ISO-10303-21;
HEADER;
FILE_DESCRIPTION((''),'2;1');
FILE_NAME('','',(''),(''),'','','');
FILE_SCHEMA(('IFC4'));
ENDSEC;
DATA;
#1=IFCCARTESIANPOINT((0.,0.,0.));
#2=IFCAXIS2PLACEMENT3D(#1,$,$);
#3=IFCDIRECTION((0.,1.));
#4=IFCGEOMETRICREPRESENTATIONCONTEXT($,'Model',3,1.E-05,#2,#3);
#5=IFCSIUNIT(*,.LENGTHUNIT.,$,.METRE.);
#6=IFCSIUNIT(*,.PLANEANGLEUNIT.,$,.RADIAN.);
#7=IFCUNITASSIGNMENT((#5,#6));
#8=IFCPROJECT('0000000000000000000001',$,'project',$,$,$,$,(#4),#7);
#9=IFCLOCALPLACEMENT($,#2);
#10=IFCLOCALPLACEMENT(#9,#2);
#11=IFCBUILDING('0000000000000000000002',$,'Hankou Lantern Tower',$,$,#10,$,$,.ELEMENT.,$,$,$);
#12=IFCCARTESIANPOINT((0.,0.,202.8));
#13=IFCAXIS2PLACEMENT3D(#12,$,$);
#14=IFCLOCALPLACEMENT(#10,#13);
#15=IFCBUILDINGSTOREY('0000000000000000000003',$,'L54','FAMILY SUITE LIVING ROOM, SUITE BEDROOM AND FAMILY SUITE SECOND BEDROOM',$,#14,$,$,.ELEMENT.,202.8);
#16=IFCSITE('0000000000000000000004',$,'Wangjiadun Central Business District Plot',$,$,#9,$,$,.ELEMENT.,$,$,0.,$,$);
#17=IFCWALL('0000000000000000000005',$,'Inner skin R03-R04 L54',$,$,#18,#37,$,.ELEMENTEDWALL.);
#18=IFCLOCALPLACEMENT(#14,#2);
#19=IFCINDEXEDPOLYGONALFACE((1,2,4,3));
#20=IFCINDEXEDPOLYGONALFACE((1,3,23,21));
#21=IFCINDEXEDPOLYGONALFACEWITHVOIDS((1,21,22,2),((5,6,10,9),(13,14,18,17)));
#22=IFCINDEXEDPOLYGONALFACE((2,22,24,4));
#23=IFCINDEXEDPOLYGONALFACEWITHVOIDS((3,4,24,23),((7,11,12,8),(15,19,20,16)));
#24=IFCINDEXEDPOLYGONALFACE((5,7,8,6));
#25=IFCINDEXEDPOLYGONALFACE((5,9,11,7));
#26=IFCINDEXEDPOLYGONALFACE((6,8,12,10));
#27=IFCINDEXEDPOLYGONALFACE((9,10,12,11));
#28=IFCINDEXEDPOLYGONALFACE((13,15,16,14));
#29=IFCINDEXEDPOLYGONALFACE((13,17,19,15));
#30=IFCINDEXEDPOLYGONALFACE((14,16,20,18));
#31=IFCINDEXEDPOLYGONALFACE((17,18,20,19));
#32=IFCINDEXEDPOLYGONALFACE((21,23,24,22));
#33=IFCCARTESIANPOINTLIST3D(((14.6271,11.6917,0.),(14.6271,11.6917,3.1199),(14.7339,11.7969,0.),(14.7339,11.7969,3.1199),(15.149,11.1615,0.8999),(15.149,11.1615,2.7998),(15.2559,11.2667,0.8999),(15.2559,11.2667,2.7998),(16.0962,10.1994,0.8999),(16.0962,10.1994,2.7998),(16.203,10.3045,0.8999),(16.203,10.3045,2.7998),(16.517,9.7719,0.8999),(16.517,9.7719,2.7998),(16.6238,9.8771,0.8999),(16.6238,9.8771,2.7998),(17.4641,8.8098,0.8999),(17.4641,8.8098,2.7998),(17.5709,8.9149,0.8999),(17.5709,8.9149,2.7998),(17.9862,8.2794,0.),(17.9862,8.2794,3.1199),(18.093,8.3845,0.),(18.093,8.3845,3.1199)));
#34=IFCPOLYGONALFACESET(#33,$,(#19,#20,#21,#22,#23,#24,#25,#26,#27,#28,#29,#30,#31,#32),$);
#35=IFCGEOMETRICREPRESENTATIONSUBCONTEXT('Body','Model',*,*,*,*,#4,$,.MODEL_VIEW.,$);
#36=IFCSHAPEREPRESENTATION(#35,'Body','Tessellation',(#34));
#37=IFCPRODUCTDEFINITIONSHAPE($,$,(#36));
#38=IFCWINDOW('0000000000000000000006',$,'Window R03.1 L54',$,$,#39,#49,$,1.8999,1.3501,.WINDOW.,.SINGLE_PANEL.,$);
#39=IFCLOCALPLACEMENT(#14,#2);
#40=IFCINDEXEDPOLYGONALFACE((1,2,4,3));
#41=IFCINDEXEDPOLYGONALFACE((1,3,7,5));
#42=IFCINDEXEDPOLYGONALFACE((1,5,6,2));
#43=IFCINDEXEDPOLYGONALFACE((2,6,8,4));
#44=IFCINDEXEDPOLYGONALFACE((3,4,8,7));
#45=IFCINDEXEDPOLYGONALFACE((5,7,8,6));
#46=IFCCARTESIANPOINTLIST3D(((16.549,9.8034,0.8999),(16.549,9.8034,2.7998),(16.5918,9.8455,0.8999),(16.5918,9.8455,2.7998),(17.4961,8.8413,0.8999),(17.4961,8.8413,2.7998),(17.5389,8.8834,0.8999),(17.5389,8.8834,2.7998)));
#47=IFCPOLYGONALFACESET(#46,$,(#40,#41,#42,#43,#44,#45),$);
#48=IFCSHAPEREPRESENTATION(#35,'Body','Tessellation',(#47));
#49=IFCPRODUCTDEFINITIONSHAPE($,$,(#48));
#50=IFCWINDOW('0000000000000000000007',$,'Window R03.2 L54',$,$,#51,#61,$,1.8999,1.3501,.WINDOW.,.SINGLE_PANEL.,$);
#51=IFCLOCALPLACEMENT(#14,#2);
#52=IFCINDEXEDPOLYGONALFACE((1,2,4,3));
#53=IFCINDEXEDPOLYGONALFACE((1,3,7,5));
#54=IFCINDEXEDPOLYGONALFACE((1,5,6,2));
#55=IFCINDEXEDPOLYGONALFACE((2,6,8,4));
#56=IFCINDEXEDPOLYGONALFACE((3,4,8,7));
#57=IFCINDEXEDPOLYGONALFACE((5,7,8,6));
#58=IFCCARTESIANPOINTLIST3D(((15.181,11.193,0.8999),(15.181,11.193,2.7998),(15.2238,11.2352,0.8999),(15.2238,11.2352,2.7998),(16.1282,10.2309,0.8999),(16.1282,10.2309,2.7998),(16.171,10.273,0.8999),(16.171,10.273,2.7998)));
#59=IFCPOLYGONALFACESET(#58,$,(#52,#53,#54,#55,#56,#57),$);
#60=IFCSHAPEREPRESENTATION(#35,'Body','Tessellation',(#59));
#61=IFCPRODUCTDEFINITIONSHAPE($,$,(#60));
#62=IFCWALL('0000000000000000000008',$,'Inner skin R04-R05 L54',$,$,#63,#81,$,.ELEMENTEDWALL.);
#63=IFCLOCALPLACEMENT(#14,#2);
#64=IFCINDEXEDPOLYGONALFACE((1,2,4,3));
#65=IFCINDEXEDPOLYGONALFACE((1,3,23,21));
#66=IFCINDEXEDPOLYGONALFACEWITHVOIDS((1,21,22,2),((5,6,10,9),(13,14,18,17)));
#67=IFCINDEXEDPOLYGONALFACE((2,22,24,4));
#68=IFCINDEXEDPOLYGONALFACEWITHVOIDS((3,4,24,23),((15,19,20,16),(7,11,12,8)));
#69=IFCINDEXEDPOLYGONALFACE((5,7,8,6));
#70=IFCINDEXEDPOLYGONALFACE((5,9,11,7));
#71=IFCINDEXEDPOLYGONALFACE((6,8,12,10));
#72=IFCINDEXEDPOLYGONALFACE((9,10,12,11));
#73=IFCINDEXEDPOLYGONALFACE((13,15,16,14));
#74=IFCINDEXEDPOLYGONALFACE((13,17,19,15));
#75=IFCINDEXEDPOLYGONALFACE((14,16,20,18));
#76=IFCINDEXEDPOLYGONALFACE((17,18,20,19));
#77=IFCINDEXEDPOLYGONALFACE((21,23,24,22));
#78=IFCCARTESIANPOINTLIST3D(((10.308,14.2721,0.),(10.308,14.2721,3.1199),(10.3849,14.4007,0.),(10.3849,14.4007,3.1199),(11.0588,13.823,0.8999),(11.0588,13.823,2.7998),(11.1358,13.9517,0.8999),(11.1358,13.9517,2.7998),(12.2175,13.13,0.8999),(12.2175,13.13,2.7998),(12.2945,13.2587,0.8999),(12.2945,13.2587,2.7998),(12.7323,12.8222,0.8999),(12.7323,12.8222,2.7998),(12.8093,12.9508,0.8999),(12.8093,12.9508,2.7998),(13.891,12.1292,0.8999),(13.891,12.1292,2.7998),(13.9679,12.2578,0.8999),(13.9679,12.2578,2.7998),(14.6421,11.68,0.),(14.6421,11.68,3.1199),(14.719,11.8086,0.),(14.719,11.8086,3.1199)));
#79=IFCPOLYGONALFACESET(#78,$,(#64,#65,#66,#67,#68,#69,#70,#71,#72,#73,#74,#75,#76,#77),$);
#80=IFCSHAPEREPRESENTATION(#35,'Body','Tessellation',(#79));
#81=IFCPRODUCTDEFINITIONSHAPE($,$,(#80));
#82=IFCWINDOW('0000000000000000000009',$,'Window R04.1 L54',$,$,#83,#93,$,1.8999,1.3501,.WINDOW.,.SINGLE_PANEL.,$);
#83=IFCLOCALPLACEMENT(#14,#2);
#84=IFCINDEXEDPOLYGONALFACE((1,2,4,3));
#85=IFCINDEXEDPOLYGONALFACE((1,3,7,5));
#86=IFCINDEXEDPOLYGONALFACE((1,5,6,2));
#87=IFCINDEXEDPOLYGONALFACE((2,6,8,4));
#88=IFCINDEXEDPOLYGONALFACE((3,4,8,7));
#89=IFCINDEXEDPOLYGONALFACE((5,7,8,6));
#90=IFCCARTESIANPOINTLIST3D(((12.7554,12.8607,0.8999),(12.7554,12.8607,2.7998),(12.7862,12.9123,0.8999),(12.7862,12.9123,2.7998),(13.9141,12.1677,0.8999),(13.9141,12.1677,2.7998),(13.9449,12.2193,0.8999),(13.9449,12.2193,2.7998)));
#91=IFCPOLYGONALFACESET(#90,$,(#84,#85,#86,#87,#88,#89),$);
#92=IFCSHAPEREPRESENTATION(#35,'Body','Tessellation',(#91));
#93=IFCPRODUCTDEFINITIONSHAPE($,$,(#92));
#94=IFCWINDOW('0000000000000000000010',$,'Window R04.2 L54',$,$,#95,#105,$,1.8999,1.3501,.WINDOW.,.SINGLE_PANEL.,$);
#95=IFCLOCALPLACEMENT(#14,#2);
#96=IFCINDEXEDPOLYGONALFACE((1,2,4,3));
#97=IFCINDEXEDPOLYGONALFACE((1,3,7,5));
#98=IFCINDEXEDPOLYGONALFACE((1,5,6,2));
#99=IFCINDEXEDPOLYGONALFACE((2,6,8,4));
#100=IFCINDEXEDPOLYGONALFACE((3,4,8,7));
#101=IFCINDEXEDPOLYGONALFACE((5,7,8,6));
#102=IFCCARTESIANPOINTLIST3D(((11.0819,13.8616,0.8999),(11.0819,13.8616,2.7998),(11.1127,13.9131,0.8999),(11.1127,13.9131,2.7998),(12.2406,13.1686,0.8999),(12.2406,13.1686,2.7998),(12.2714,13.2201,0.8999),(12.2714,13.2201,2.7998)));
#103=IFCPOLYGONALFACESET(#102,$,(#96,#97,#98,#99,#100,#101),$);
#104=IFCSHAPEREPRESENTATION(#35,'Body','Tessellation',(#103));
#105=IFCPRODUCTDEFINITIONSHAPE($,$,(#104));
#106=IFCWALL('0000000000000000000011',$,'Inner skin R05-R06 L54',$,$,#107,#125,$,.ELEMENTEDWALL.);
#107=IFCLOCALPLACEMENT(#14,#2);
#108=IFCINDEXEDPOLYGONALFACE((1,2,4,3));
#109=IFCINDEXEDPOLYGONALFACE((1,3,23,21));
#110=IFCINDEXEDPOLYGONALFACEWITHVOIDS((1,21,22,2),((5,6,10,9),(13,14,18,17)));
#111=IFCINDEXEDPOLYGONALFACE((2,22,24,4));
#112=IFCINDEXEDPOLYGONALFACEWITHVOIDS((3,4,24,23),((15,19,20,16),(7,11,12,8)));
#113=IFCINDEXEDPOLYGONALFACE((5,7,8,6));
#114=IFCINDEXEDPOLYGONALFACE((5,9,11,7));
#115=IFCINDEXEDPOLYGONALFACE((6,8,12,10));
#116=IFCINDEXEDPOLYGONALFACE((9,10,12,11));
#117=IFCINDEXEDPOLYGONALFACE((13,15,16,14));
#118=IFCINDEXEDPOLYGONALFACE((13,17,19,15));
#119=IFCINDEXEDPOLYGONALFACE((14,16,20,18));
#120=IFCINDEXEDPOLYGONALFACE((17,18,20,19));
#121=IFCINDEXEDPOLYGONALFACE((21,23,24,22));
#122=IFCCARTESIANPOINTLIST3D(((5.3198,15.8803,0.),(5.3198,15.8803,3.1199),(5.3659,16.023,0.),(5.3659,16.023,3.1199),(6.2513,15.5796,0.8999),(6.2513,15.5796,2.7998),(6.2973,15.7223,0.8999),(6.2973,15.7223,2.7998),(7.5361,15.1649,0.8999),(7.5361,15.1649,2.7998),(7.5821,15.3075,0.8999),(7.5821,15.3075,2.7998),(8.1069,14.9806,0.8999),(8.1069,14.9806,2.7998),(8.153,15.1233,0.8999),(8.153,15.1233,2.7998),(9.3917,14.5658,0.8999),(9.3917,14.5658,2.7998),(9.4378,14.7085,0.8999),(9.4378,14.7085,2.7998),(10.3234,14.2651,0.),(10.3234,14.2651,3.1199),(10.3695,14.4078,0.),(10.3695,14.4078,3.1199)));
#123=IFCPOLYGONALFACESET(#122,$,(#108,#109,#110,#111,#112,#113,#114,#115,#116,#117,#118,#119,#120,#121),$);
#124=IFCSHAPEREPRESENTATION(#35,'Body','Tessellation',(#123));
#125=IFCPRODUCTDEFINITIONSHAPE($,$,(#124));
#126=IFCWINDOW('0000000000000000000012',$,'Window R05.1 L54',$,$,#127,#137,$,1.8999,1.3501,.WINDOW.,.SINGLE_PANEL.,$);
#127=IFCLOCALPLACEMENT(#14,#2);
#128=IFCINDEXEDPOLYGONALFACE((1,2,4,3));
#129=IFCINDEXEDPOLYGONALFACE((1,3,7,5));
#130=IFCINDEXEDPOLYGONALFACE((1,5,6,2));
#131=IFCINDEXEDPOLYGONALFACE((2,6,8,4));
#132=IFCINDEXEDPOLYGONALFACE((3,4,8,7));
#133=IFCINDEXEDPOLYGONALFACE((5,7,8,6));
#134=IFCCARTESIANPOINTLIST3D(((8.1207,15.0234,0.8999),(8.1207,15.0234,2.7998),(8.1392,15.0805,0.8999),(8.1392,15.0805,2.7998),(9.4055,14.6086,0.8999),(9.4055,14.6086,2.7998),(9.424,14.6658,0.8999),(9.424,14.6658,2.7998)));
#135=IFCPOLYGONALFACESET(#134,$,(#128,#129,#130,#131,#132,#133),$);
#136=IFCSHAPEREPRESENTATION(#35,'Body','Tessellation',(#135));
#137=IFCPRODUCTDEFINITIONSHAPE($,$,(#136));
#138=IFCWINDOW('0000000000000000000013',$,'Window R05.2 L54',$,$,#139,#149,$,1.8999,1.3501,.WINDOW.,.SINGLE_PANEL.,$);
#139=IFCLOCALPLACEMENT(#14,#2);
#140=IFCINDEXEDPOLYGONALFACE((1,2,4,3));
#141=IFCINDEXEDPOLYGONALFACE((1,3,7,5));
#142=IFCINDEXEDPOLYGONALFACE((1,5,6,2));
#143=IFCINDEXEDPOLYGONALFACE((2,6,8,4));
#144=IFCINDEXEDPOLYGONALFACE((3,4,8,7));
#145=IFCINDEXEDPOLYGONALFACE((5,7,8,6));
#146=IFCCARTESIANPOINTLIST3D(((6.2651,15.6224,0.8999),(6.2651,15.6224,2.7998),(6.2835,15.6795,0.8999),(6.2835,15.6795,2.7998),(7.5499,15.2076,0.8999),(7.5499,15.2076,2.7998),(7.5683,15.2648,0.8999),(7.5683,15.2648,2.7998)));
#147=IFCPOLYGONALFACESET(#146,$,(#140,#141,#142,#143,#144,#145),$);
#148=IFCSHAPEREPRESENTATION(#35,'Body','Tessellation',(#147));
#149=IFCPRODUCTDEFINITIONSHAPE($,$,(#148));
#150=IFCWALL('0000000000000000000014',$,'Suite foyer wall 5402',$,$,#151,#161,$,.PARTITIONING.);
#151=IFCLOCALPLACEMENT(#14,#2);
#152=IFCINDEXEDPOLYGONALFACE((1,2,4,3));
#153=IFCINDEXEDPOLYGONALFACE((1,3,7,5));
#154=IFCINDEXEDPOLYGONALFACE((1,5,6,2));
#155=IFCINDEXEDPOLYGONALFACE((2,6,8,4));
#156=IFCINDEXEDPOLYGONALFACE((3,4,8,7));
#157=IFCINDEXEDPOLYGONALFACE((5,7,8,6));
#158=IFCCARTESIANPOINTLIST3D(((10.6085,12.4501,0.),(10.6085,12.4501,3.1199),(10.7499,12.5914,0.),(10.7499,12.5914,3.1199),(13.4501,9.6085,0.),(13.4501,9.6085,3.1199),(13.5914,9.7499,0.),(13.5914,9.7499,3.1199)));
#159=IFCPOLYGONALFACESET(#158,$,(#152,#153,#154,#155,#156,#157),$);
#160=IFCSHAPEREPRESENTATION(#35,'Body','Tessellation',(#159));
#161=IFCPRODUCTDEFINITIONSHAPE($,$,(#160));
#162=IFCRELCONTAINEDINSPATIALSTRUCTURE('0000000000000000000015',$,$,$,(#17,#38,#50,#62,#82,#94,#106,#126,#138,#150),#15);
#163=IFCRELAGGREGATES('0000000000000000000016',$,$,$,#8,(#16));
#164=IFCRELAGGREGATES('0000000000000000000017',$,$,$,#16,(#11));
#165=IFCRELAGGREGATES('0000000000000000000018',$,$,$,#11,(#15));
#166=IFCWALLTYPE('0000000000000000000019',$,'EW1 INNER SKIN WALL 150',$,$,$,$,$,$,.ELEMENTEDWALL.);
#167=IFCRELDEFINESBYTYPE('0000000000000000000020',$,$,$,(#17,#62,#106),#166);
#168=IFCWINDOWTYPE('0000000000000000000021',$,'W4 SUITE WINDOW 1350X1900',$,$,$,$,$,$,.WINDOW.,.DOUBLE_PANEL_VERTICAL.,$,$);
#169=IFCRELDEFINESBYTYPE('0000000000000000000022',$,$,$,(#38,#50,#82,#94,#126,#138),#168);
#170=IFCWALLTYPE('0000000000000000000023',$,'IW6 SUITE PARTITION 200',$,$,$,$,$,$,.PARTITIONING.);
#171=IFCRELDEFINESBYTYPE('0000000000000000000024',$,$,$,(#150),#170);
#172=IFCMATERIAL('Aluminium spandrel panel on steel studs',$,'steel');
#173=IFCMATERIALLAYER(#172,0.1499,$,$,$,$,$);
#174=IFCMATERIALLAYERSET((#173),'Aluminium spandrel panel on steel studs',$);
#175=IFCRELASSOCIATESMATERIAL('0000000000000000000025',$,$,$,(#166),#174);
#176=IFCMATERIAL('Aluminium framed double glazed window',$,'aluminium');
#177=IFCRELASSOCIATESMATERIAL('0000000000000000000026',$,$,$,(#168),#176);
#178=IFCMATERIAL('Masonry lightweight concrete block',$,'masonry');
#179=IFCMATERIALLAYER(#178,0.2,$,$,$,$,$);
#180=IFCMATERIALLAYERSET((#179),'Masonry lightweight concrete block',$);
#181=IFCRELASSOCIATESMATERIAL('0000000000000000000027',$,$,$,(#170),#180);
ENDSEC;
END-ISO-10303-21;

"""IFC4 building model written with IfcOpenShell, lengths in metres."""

from ifc_helpers import new_model, si_unit, direction, frame, frame_2d, origin, place, context, subcontext, project, spatial, rectangle, extrude, material, layer, layer_set, type_object, element, fill, save


model = new_model("IFC4")

# Units and contexts
model_context = context("Model", 3, precision=1e-05, world=origin(), true_north=direction((0.0, 1.0)))
body_context = subcontext(model_context, "Body", "Model", "MODEL_VIEW")
ifc_project = project(units=[si_unit("LENGTHUNIT", "METRE"), si_unit("PLANEANGLEUNIT", "RADIAN")], contexts=[model_context])

# Site, building, storey
site_placement = place(None, origin())
site = spatial("IfcSite", under=ifc_project, at=site_placement, Name="Wangjiadun Central Business District Plot", CompositionType="ELEMENT", RefElevation=0.0)
building_placement = place(site_placement, origin())
building = spatial("IfcBuilding", under=site, at=building_placement, Name="Hankou Lantern Tower", CompositionType="ELEMENT")
storey_placement = place(building_placement, frame((0.0, 0.0, 202.8)))
storey = spatial("IfcBuildingStorey", under=building, at=storey_placement, Name="L54", Description="FAMILY SUITE LIVING ROOM, SUITE BEDROOM AND FAMILY SUITE SECOND BEDROOM", CompositionType="ELEMENT", Elevation=202.8)

# Walls, openings, windows
ifc_material_1 = material(Name="Aluminium spandrel panel on steel studs", Category="steel")
ifc_layer_1 = layer(ifc_material_1, 0.1499)
ifc_layer_set_1 = layer_set([ifc_layer_1], Name="Aluminium spandrel panel on steel studs")
wall_type_1 = type_object("IfcWallType", Name="EW1 INNER SKIN WALL 150", PredefinedType="ELEMENTEDWALL", material=ifc_layer_set_1)
wall_1_placement = place(storey_placement, frame((18.0396, 8.332, 0.0), z_axis=(0.0, 0.0, 1.0), x_axis=(-0.701527, 0.712643, 0.0)))
wall_1 = element("IfcWall", 1, at=wall_1_placement, inside=storey, type_object=wall_type_1, Name="Inner skin R03-R04 L54", PredefinedType="ELEMENTEDWALL", context=body_context, shape_type="SweptSolid", body=[
    extrude(rectangle(XDim=4.7883, YDim=0.1499, at=frame_2d((2.394, 0.0))), origin(), (0.0, 0.0, 1.0), 3.1199),
])
opening_1_placement = place(wall_1_placement, frame((0.7441, 0.0, 0.8999)))
opening_1 = element("IfcOpeningElement", 2, at=opening_1_placement, cuts=wall_1, PredefinedType="OPENING", context=body_context, shape_type="SweptSolid", body=[
    extrude(rectangle(XDim=1.3501, YDim=1.8999, at=frame_2d((0.675, 0.95))), frame((0.0, 0.085, 0.0), z_axis=(0.0, -1.0, 0.0), x_axis=(1.0, 0.0, 0.0)), (0.0, 0.0, 1.0), 0.1699),
])
opening_2_placement = place(wall_1_placement, frame((2.6941, 0.0, 0.8999)))
opening_2 = element("IfcOpeningElement", 3, at=opening_2_placement, cuts=wall_1, PredefinedType="OPENING", context=body_context, shape_type="SweptSolid", body=[
    extrude(rectangle(XDim=1.3501, YDim=1.8999, at=frame_2d((0.675, 0.95))), frame((0.0, 0.085, 0.0), z_axis=(0.0, -1.0, 0.0), x_axis=(1.0, 0.0, 0.0)), (0.0, 0.0, 1.0), 0.1699),
])
ifc_material_2 = material(Name="Aluminium framed double glazed window", Category="aluminium")
window_type = type_object("IfcWindowType", Name="W4 SUITE WINDOW 1350X1900", PartitioningType="DOUBLE_PANEL_VERTICAL", PredefinedType="WINDOW", material=ifc_material_2)
window_1_placement = place(opening_1_placement, origin())
window_1 = element("IfcWindow", 4, at=window_1_placement, inside=storey, type_object=window_type, Name="Window R03.1 L54", OverallHeight=1.8999, OverallWidth=1.3501, PartitioningType="SINGLE_PANEL", PredefinedType="WINDOW", context=body_context, shape_type="SweptSolid", body=[
    extrude(rectangle(XDim=1.3501, YDim=1.8999, at=frame_2d((0.675, 0.95))), frame((0.0, 0.03, 0.0), z_axis=(0.0, -1.0, 0.0), x_axis=(1.0, 0.0, 0.0)), (0.0, 0.0, 1.0), 0.0601),
])
fill(opening_1, window_1)
window_2_placement = place(opening_2_placement, origin())
window_2 = element("IfcWindow", 5, at=window_2_placement, inside=storey, type_object=window_type, Name="Window R03.2 L54", OverallHeight=1.8999, OverallWidth=1.3501, PartitioningType="SINGLE_PANEL", PredefinedType="WINDOW", context=body_context, shape_type="SweptSolid", body=[
    extrude(rectangle(XDim=1.3501, YDim=1.8999, at=frame_2d((0.675, 0.95))), frame((0.0, 0.03, 0.0), z_axis=(0.0, -1.0, 0.0), x_axis=(1.0, 0.0, 0.0)), (0.0, 0.0, 1.0), 0.0601),
])
fill(opening_2, window_2)
wall_2_placement = place(storey_placement, frame((14.6804, 11.7444, 0.0), z_axis=(0.0, 0.0, 1.0), x_axis=(-0.858222, 0.51328, 0.0)))
wall_2 = element("IfcWall", 6, at=wall_2_placement, inside=storey, type_object=wall_type_1, Name="Inner skin R04-R05 L54", PredefinedType="ELEMENTEDWALL", context=body_context, shape_type="SweptSolid", body=[
    extrude(rectangle(XDim=5.05, YDim=0.1499, at=frame_2d((2.5249, 0.0))), origin(), (0.0, 0.0, 1.0), 3.1199),
])
opening_3_placement = place(wall_2_placement, frame((0.875, 0.0, 0.8999)))
opening_3 = element("IfcOpeningElement", 7, at=opening_3_placement, cuts=wall_2, PredefinedType="OPENING", context=body_context, shape_type="SweptSolid", body=[
    extrude(rectangle(XDim=1.3501, YDim=1.8999, at=frame_2d((0.675, 0.95))), frame((0.0, 0.085, 0.0), z_axis=(0.0, -1.0, 0.0), x_axis=(1.0, 0.0, 0.0)), (0.0, 0.0, 1.0), 0.1699),
])
opening_4_placement = place(wall_2_placement, frame((2.825, 0.0, 0.8999)))
opening_4 = element("IfcOpeningElement", 8, at=opening_4_placement, cuts=wall_2, PredefinedType="OPENING", context=body_context, shape_type="SweptSolid", body=[
    extrude(rectangle(XDim=1.3501, YDim=1.8999, at=frame_2d((0.675, 0.95))), frame((0.0, 0.085, 0.0), z_axis=(0.0, -1.0, 0.0), x_axis=(1.0, 0.0, 0.0)), (0.0, 0.0, 1.0), 0.1699),
])
window_3_placement = place(opening_3_placement, origin())
window_3 = element("IfcWindow", 9, at=window_3_placement, inside=storey, type_object=window_type, Name="Window R04.1 L54", OverallHeight=1.8999, OverallWidth=1.3501, PartitioningType="SINGLE_PANEL", PredefinedType="WINDOW", context=body_context, shape_type="SweptSolid", body=[
    extrude(rectangle(XDim=1.3501, YDim=1.8999, at=frame_2d((0.675, 0.95))), frame((0.0, 0.03, 0.0), z_axis=(0.0, -1.0, 0.0), x_axis=(1.0, 0.0, 0.0)), (0.0, 0.0, 1.0), 0.0601),
])
fill(opening_3, window_3)
window_4_placement = place(opening_4_placement, origin())
window_4 = element("IfcWindow", 10, at=window_4_placement, inside=storey, type_object=window_type, Name="Window R04.2 L54", OverallHeight=1.8999, OverallWidth=1.3501, PartitioningType="SINGLE_PANEL", PredefinedType="WINDOW", context=body_context, shape_type="SweptSolid", body=[
    extrude(rectangle(XDim=1.3501, YDim=1.8999, at=frame_2d((0.675, 0.95))), frame((0.0, 0.03, 0.0), z_axis=(0.0, -1.0, 0.0), x_axis=(1.0, 0.0, 0.0)), (0.0, 0.0, 1.0), 0.0601),
])
fill(opening_4, window_4)
wall_3_placement = place(storey_placement, frame((10.3464, 14.3364, 0.0), z_axis=(0.0, 0.0, 1.0), x_axis=(-0.951645, 0.307201, 0.0)))
wall_3 = element("IfcWall", 11, at=wall_3_placement, inside=storey, type_object=wall_type_1, Name="Inner skin R05-R06 L54", PredefinedType="ELEMENTEDWALL", context=body_context, shape_type="SweptSolid", body=[
    extrude(rectangle(XDim=5.2578, YDim=0.1499, at=frame_2d((2.6289, 0.0))), origin(), (0.0, 0.0, 1.0), 3.1199),
])
opening_5_placement = place(wall_3_placement, frame((0.979, 0.0, 0.8999)))
opening_5 = element("IfcOpeningElement", 12, at=opening_5_placement, cuts=wall_3, PredefinedType="OPENING", context=body_context, shape_type="SweptSolid", body=[
    extrude(rectangle(XDim=1.3501, YDim=1.8999, at=frame_2d((0.675, 0.95))), frame((0.0, 0.085, 0.0), z_axis=(0.0, -1.0, 0.0), x_axis=(1.0, 0.0, 0.0)), (0.0, 0.0, 1.0), 0.1699),
])
opening_6_placement = place(wall_3_placement, frame((2.929, 0.0, 0.8999)))
opening_6 = element("IfcOpeningElement", 13, at=opening_6_placement, cuts=wall_3, PredefinedType="OPENING", context=body_context, shape_type="SweptSolid", body=[
    extrude(rectangle(XDim=1.3501, YDim=1.8999, at=frame_2d((0.675, 0.95))), frame((0.0, 0.085, 0.0), z_axis=(0.0, -1.0, 0.0), x_axis=(1.0, 0.0, 0.0)), (0.0, 0.0, 1.0), 0.1699),
])
window_5_placement = place(opening_5_placement, origin())
window_5 = element("IfcWindow", 14, at=window_5_placement, inside=storey, type_object=window_type, Name="Window R05.1 L54", OverallHeight=1.8999, OverallWidth=1.3501, PartitioningType="SINGLE_PANEL", PredefinedType="WINDOW", context=body_context, shape_type="SweptSolid", body=[
    extrude(rectangle(XDim=1.3501, YDim=1.8999, at=frame_2d((0.675, 0.95))), frame((0.0, 0.03, 0.0), z_axis=(0.0, -1.0, 0.0), x_axis=(1.0, 0.0, 0.0)), (0.0, 0.0, 1.0), 0.0601),
])
fill(opening_5, window_5)
window_6_placement = place(opening_6_placement, origin())
window_6 = element("IfcWindow", 15, at=window_6_placement, inside=storey, type_object=window_type, Name="Window R05.2 L54", OverallHeight=1.8999, OverallWidth=1.3501, PartitioningType="SINGLE_PANEL", PredefinedType="WINDOW", context=body_context, shape_type="SweptSolid", body=[
    extrude(rectangle(XDim=1.3501, YDim=1.8999, at=frame_2d((0.675, 0.95))), frame((0.0, 0.03, 0.0), z_axis=(0.0, -1.0, 0.0), x_axis=(1.0, 0.0, 0.0)), (0.0, 0.0, 1.0), 0.0601),
])
fill(opening_6, window_6)

# Wall
ifc_material_3 = material(Name="Masonry lightweight concrete block", Category="masonry")
ifc_layer_2 = layer(ifc_material_3, 0.2)
ifc_layer_set_2 = layer_set([ifc_layer_2], Name="Masonry lightweight concrete block")
wall_type_2 = type_object("IfcWallType", Name="IW6 SUITE PARTITION 200", PredefinedType="PARTITIONING", material=ifc_layer_set_2)
wall_4_placement = place(storey_placement, frame((13.5208, 9.6792, 0.0), z_axis=(0.0, 0.0, 1.0), x_axis=(-0.707107, 0.707107, 0.0)))
element("IfcWall", 16, at=wall_4_placement, inside=storey, type_object=wall_type_2, Name="Suite foyer wall 5402", PredefinedType="PARTITIONING", context=body_context, shape_type="SweptSolid", body=[
    extrude(rectangle(XDim=4.0186, YDim=0.2, at=frame_2d((2.0093, 0.0))), origin(), (0.0, 0.0, 1.0), 3.1199),
])

save(model, "model.ifc")
